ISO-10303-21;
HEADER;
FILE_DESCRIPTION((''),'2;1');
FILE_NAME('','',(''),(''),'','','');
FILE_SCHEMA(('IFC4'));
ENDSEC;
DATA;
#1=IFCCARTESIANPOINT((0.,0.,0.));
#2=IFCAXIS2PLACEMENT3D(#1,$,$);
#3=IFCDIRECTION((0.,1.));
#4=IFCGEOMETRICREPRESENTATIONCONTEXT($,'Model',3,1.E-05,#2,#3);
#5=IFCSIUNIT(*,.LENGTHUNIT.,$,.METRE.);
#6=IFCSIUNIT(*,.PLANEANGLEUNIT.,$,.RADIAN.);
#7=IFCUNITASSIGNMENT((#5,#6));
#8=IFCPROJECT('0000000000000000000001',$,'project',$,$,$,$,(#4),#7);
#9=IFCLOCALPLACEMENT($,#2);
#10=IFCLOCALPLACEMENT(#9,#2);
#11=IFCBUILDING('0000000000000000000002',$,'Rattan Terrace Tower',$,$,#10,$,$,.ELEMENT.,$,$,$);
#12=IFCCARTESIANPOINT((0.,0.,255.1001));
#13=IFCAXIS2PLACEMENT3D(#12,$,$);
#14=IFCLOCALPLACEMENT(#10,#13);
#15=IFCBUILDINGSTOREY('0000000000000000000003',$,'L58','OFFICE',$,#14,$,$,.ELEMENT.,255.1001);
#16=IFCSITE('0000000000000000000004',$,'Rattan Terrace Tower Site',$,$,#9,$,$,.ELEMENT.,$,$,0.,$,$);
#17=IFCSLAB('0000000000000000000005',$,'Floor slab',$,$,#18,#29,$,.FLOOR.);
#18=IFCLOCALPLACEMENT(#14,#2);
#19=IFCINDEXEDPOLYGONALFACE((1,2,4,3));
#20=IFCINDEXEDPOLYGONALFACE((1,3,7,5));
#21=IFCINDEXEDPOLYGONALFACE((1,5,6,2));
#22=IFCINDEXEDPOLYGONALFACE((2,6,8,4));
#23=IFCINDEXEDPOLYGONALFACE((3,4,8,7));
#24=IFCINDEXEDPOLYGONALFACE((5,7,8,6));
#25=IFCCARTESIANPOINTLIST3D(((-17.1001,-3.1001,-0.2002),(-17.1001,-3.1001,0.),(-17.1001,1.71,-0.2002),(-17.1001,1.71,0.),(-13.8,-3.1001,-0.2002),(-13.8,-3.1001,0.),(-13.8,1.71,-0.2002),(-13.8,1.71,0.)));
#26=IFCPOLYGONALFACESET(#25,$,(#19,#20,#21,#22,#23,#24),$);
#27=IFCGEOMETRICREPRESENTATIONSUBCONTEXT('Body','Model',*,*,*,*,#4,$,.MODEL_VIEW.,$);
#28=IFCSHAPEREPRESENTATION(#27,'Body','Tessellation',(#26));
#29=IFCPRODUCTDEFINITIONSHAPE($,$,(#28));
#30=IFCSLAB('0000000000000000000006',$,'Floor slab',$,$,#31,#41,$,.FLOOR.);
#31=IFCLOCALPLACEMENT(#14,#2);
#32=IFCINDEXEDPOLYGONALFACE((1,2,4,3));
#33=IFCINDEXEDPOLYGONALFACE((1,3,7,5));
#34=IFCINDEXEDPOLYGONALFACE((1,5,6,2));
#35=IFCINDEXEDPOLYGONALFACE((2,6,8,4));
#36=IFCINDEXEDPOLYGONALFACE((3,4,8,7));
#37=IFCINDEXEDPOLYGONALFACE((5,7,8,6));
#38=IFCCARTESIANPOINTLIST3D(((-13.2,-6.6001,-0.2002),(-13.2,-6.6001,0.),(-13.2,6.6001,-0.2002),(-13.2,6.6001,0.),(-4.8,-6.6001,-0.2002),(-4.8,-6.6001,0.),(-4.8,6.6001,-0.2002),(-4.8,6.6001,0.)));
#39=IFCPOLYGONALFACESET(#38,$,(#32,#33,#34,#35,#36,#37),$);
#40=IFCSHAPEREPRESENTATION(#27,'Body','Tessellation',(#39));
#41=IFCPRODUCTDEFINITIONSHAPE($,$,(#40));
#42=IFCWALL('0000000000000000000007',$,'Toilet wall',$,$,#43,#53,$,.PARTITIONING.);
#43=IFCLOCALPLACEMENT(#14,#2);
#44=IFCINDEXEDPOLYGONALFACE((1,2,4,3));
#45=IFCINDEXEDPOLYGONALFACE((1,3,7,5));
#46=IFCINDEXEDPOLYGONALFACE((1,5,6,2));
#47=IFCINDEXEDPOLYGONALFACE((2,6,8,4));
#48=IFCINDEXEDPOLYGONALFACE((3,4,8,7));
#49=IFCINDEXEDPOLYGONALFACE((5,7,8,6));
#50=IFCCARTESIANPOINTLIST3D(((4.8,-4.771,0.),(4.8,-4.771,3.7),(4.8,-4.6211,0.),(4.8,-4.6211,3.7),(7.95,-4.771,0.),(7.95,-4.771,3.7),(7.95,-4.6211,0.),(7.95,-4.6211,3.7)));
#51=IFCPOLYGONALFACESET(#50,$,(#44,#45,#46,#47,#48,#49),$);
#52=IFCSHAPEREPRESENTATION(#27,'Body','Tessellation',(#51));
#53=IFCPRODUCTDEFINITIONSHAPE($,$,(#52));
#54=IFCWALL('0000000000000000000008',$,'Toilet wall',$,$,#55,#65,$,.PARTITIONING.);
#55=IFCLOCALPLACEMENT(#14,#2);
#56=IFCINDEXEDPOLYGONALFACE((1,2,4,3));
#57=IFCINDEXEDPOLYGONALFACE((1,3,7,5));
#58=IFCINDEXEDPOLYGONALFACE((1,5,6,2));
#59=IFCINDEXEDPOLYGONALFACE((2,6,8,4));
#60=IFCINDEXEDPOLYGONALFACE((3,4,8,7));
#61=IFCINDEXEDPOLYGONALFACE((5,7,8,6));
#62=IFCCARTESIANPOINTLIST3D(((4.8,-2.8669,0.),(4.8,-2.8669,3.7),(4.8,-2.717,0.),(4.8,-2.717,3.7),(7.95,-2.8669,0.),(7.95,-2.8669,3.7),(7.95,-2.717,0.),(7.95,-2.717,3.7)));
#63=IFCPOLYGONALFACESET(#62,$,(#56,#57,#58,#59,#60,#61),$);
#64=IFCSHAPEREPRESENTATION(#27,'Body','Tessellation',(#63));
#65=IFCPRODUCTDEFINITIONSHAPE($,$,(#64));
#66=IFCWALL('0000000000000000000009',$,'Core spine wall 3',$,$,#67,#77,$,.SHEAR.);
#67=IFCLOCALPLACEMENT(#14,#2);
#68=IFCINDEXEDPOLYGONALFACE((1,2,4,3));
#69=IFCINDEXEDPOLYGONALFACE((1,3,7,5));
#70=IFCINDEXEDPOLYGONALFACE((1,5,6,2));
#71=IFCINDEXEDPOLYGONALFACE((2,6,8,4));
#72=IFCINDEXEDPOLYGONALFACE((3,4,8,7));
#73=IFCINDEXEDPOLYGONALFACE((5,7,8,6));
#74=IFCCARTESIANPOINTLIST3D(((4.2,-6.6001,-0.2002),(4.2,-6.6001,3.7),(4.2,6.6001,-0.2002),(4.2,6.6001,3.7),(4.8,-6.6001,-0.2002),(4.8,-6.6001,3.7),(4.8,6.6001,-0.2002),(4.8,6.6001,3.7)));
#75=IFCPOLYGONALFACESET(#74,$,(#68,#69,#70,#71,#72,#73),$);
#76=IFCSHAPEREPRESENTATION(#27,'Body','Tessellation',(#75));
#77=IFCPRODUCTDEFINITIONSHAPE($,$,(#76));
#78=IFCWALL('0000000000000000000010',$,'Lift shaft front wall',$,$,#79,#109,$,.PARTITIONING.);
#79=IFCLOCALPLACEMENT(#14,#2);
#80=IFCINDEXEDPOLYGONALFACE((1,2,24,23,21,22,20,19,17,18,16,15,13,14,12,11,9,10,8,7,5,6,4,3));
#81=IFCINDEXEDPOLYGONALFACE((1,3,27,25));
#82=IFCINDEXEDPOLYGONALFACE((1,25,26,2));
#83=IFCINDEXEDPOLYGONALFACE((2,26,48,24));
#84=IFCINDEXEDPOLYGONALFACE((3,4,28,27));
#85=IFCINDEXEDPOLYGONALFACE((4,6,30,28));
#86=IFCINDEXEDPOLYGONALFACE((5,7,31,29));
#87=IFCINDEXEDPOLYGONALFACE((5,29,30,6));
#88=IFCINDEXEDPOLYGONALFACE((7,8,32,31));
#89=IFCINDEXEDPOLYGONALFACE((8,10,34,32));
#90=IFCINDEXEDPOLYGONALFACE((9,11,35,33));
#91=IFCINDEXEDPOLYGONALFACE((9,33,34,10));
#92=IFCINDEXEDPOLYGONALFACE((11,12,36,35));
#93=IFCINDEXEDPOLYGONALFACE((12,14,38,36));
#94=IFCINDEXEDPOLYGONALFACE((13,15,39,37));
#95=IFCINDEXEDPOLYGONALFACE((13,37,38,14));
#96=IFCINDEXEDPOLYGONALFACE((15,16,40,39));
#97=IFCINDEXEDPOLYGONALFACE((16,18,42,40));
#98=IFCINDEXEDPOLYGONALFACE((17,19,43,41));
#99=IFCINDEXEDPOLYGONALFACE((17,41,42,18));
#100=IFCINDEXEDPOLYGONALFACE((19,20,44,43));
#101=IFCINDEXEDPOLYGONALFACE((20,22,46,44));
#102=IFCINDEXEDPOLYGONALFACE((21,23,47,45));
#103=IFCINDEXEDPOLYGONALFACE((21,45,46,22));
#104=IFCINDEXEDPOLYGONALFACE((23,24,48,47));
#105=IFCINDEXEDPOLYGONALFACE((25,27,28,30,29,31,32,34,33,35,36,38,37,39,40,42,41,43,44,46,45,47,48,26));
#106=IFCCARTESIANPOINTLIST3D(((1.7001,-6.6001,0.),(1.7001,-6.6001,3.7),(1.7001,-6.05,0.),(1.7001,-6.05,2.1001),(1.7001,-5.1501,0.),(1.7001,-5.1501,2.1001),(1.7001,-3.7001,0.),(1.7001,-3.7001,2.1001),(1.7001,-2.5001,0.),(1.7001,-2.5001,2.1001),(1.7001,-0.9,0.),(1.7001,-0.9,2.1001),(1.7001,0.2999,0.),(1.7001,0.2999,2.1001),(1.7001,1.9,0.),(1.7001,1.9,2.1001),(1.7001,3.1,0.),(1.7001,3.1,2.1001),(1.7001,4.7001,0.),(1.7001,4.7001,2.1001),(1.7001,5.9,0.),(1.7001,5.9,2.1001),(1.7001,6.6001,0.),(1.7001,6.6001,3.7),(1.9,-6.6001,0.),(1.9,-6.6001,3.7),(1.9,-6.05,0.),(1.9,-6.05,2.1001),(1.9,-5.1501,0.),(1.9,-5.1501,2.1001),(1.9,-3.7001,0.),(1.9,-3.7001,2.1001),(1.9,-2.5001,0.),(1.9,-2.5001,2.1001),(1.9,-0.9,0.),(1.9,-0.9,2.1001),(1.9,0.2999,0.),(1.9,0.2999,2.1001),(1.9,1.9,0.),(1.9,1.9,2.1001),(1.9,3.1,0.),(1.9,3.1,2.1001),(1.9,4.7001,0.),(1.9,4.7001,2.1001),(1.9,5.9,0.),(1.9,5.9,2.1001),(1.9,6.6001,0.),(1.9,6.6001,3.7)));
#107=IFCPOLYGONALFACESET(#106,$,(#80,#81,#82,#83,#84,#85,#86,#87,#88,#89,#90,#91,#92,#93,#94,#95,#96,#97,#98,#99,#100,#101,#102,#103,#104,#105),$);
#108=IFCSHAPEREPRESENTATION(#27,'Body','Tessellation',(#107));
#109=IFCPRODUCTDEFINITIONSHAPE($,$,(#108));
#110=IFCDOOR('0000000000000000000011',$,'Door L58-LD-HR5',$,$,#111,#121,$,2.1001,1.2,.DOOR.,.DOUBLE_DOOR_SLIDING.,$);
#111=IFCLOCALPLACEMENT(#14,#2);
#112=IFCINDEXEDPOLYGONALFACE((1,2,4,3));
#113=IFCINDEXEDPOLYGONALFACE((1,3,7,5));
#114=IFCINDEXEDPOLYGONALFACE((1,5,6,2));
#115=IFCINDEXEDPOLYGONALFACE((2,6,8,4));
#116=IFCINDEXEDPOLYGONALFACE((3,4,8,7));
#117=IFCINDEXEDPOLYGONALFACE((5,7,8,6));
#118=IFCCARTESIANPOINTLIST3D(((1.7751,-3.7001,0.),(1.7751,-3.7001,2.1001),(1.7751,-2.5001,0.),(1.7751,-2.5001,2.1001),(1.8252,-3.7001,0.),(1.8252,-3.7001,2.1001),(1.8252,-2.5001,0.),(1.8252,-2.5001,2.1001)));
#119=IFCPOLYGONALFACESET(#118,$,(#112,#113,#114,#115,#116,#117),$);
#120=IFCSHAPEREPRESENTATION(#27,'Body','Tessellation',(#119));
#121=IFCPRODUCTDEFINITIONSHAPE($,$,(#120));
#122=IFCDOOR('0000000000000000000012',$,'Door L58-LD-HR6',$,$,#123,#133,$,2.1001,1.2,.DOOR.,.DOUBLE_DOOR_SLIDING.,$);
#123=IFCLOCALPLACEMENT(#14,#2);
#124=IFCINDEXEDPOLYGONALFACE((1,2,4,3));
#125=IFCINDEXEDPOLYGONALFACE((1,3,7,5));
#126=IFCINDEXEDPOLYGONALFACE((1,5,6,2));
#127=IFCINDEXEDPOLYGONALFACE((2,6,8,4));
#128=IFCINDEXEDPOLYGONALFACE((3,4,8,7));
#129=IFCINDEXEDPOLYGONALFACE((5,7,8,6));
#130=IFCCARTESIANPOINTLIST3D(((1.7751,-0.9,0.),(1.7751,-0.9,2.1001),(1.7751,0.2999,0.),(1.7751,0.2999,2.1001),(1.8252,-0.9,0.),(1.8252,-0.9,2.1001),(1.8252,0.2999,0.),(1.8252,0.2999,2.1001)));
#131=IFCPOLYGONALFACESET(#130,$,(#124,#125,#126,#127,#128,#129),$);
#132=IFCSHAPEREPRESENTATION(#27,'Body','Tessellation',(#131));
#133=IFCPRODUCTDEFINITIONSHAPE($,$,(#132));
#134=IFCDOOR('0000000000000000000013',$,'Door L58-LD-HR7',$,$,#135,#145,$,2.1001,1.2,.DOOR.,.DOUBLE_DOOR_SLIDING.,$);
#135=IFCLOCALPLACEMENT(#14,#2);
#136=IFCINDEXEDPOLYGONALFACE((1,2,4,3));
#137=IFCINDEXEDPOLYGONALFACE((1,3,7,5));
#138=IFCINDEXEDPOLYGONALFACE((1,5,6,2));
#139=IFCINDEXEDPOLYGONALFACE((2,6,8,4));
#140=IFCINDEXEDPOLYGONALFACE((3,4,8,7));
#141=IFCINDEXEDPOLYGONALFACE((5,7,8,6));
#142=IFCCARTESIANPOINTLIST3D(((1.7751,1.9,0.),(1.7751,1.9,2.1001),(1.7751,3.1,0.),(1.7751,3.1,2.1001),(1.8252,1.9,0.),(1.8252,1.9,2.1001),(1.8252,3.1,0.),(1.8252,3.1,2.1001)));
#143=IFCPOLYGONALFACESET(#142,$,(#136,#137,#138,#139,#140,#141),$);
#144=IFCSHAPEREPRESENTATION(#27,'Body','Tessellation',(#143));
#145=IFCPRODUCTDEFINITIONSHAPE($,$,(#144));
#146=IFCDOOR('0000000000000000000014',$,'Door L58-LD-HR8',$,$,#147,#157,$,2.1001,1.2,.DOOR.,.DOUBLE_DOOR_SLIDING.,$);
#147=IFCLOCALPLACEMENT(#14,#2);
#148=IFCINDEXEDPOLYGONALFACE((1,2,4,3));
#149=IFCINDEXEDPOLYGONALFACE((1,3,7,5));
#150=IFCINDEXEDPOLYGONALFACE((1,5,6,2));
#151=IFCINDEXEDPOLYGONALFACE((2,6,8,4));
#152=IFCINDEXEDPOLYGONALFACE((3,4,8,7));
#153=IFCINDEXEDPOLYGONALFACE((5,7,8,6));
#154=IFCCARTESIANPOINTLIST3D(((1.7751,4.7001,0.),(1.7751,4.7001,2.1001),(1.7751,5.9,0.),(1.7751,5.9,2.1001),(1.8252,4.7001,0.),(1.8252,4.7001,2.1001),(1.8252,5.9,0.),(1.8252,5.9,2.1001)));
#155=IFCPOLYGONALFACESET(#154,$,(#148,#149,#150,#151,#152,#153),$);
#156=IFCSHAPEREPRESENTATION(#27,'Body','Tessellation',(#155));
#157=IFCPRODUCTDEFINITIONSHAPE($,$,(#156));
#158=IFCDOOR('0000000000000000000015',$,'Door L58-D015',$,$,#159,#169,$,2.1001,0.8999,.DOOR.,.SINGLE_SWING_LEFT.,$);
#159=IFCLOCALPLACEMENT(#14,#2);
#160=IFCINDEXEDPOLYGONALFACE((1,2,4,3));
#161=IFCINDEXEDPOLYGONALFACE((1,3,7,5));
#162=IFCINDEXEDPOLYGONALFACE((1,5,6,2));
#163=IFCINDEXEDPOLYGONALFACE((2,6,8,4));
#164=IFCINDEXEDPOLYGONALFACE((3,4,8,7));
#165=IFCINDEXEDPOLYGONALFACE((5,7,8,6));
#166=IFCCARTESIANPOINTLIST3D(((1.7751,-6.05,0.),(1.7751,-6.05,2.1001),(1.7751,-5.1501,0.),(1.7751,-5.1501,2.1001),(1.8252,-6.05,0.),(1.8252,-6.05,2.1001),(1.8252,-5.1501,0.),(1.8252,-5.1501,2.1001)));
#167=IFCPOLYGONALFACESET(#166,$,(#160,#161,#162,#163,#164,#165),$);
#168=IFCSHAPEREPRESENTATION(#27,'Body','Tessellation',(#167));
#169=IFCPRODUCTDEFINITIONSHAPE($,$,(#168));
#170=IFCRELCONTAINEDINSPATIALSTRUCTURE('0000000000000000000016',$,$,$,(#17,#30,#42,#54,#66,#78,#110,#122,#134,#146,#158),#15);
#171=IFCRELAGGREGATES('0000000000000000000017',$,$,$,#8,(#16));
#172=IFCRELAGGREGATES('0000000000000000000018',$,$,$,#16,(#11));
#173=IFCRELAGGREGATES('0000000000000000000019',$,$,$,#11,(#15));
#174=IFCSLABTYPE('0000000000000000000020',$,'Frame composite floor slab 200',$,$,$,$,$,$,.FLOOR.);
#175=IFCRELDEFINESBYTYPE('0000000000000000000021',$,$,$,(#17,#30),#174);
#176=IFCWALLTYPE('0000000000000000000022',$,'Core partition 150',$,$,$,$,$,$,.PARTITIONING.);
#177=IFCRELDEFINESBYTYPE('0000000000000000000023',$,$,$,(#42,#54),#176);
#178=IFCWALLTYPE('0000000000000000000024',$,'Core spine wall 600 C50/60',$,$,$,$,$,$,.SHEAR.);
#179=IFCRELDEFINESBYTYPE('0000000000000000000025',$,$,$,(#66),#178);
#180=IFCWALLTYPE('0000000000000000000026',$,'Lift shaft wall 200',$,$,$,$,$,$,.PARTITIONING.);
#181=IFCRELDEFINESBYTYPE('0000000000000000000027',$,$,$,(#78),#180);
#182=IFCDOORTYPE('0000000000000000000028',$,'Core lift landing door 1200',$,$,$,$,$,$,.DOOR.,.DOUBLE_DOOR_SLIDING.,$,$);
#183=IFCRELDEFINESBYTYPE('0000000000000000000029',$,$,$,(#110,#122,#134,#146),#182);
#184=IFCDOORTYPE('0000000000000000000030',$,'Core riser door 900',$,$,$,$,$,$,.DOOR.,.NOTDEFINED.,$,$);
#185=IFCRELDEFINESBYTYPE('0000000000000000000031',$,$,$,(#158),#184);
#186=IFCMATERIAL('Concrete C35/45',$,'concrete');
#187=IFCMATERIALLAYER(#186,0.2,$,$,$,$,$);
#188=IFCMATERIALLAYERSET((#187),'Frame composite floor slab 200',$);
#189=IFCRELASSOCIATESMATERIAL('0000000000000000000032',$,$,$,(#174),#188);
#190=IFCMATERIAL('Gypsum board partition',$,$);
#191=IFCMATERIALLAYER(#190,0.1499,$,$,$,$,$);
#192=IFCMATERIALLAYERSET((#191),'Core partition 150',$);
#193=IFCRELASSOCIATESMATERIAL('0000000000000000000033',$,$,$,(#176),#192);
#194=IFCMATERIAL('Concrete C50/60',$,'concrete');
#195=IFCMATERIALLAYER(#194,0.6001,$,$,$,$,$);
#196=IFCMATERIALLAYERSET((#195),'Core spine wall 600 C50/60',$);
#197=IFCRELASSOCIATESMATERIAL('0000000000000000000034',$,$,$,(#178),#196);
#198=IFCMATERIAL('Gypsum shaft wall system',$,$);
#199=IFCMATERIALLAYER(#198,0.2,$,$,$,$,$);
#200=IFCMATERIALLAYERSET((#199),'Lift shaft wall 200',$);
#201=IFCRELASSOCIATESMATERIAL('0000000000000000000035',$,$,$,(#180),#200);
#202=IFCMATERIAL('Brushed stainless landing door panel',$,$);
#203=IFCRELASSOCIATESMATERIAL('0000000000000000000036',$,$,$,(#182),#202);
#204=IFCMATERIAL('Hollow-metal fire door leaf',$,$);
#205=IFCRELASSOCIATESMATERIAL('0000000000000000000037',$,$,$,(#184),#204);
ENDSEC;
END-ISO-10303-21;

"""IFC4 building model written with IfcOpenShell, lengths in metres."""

from ifc_helpers import new_model, si_unit, direction, frame, frame_2d, origin, place, context, subcontext, project, spatial, polyline, rectangle, outline, extrude, material, layer, layer_set, type_object, element, fill, save


model = new_model("IFC4")

# Units and contexts
model_context = context("Model", 3, precision=1e-05, world=origin(), true_north=direction((0.0, 1.0)))
body_context = subcontext(model_context, "Body", "Model", "MODEL_VIEW")
ifc_project = project(units=[si_unit("LENGTHUNIT", "METRE"), si_unit("PLANEANGLEUNIT", "RADIAN")], contexts=[model_context])

# Site, building, storey
site_placement = place(None, origin())
site = spatial("IfcSite", under=ifc_project, at=site_placement, Name="Rattan Terrace Tower Site", CompositionType="ELEMENT", RefElevation=0.0)
building_placement = place(site_placement, origin())
building = spatial("IfcBuilding", under=site, at=building_placement, Name="Rattan Terrace Tower", CompositionType="ELEMENT")
storey_placement = place(building_placement, frame((0.0, 0.0, 255.1001)))
storey = spatial("IfcBuildingStorey", under=building, at=storey_placement, Name="L58", Description="OFFICE", CompositionType="ELEMENT", Elevation=255.1001)

# Slabs
ifc_material_1 = material(Name="Concrete C35/45", Category="concrete")
ifc_layer_1 = layer(ifc_material_1, 0.2)
ifc_layer_set_1 = layer_set([ifc_layer_1], Name="Frame composite floor slab 200")
slab_type = type_object("IfcSlabType", Name="Frame composite floor slab 200", PredefinedType="FLOOR", material=ifc_layer_set_1)
slab_1_placement = place(storey_placement, frame((0.0, 0.0, -0.2002)))
element("IfcSlab", 1, at=slab_1_placement, inside=storey, type_object=slab_type, Name="Floor slab", PredefinedType="FLOOR", context=body_context, shape_type="SweptSolid", body=[
    extrude(outline(polyline([(-17.1001, -3.1001), (-13.8, -3.1001), (-13.8, 1.71), (-17.1001, 1.71), (-17.1001, -3.1001)])), origin(), (0.0, 0.0, 1.0), 0.2002),
])
slab_2_placement = place(storey_placement, frame((0.0, 0.0, -0.2002)))
element("IfcSlab", 2, at=slab_2_placement, inside=storey, type_object=slab_type, Name="Floor slab", PredefinedType="FLOOR", context=body_context, shape_type="SweptSolid", body=[
    extrude(outline(polyline([(-4.8, -6.6001), (-4.8, 6.6001), (-13.2, 6.6001), (-13.2, -6.6001), (-4.8, -6.6001)])), origin(), (0.0, 0.0, 1.0), 0.2002),
])

# Walls
ifc_material_2 = material(Name="Gypsum board partition")
ifc_layer_2 = layer(ifc_material_2, 0.1499)
ifc_layer_set_2 = layer_set([ifc_layer_2], Name="Core partition 150")
wall_type_1 = type_object("IfcWallType", Name="Core partition 150", PredefinedType="PARTITIONING", material=ifc_layer_set_2)
for number, where, z_axis, x_axis, name in (
    (3, (4.8, -4.696, 0.0), (0.0, 0.0, 1.0), (1.0, 0.0, 0.0), "Toilet wall"),
    (4, (4.8, -2.792, 0.0), (0.0, 0.0, 1.0), (1.0, 0.0, 0.0), "Toilet wall"),
):
    element("IfcWall", number, at=place(storey_placement, frame(where, z_axis=z_axis, x_axis=x_axis)), inside=storey, type_object=wall_type_1, Name=name, PredefinedType="PARTITIONING", context=body_context, shape_type="SweptSolid", body=[
        extrude(rectangle(XDim=3.1499, YDim=0.1499, at=frame_2d((1.575, 0.0))), origin(), (0.0, 0.0, 1.0), 3.7),
    ])
ifc_material_3 = material(Name="Concrete C50/60", Category="concrete")
ifc_layer_3 = layer(ifc_material_3, 0.6001)
ifc_layer_set_3 = layer_set([ifc_layer_3], Name="Core spine wall 600 C50/60")
wall_type_2 = type_object("IfcWallType", Name="Core spine wall 600 C50/60", PredefinedType="SHEAR", material=ifc_layer_set_3)
wall_1_placement = place(storey_placement, frame((4.5, -6.6001, -0.2002), z_axis=(0.0, 0.0, 1.0), x_axis=(0.0, 1.0, 0.0)))
element("IfcWall", 5, at=wall_1_placement, inside=storey, type_object=wall_type_2, Name="Core spine wall 3", PredefinedType="SHEAR", context=body_context, shape_type="SweptSolid", body=[
    extrude(rectangle(XDim=13.2002, YDim=0.6001, at=frame_2d((6.6001, 0.0))), origin(), (0.0, 0.0, 1.0), 3.9001),
])

# Wall, openings, doors
ifc_material_4 = material(Name="Gypsum shaft wall system")
ifc_layer_4 = layer(ifc_material_4, 0.2)
ifc_layer_set_4 = layer_set([ifc_layer_4], Name="Lift shaft wall 200")
wall_type_3 = type_object("IfcWallType", Name="Lift shaft wall 200", PredefinedType="PARTITIONING", material=ifc_layer_set_4)
wall_2_placement = place(storey_placement, frame((1.8, -6.6001, 0.0), z_axis=(0.0, 0.0, 1.0), x_axis=(0.0, 1.0, 0.0)))
wall_2 = element("IfcWall", 6, at=wall_2_placement, inside=storey, type_object=wall_type_3, Name="Lift shaft front wall", PredefinedType="PARTITIONING", context=body_context, shape_type="SweptSolid", body=[
    extrude(rectangle(XDim=13.2002, YDim=0.2, at=frame_2d((6.6001, 0.0))), origin(), (0.0, 0.0, 1.0), 3.7),
])
opening_1_placement = place(wall_2_placement, frame((0.55, 0.0, 0.0)))
opening_1 = element("IfcOpeningElement", 7, at=opening_1_placement, cuts=wall_2, PredefinedType="OPENING", context=body_context, shape_type="SweptSolid", body=[
    extrude(rectangle(XDim=0.8999, YDim=2.1001, at=frame_2d((0.45, 1.05))), frame((0.0, 0.1106, 0.0), z_axis=(0.0, -1.0, 0.0), x_axis=(1.0, 0.0, 0.0)), (0.0, 0.0, 1.0), 0.2209),
])
opening_2_placement = place(wall_2_placement, frame((2.8999, 0.0, 0.0)))
opening_2 = element("IfcOpeningElement", 8, at=opening_2_placement, cuts=wall_2, PredefinedType="OPENING", context=body_context, shape_type="SweptSolid", body=[
    extrude(rectangle(XDim=1.2, YDim=2.1001, at=frame_2d((0.6001, 1.05))), frame((0.0, 0.1106, 0.0), z_axis=(0.0, -1.0, 0.0), x_axis=(1.0, 0.0, 0.0)), (0.0, 0.0, 1.0), 0.2209),
])
opening_3_placement = place(wall_2_placement, frame((5.7, 0.0, 0.0)))
opening_3 = element("IfcOpeningElement", 9, at=opening_3_placement, cuts=wall_2, PredefinedType="OPENING", context=body_context, shape_type="SweptSolid", body=[
    extrude(rectangle(XDim=1.2, YDim=2.1001, at=frame_2d((0.6001, 1.05))), frame((0.0, 0.1106, 0.0), z_axis=(0.0, -1.0, 0.0), x_axis=(1.0, 0.0, 0.0)), (0.0, 0.0, 1.0), 0.2209),
])
opening_4_placement = place(wall_2_placement, frame((8.5, 0.0, 0.0)))
opening_4 = element("IfcOpeningElement", 10, at=opening_4_placement, cuts=wall_2, PredefinedType="OPENING", context=body_context, shape_type="SweptSolid", body=[
    extrude(rectangle(XDim=1.2, YDim=2.1001, at=frame_2d((0.6001, 1.05))), frame((0.0, 0.1106, 0.0), z_axis=(0.0, -1.0, 0.0), x_axis=(1.0, 0.0, 0.0)), (0.0, 0.0, 1.0), 0.2209),
])
opening_5_placement = place(wall_2_placement, frame((11.3, 0.0, 0.0)))
opening_5 = element("IfcOpeningElement", 11, at=opening_5_placement, cuts=wall_2, PredefinedType="OPENING", context=body_context, shape_type="SweptSolid", body=[
    extrude(rectangle(XDim=1.2, YDim=2.1001, at=frame_2d((0.6001, 1.05))), frame((0.0, 0.1106, 0.0), z_axis=(0.0, -1.0, 0.0), x_axis=(1.0, 0.0, 0.0)), (0.0, 0.0, 1.0), 0.2209),
])
ifc_material_5 = material(Name="Brushed stainless landing door panel")
door_type_1 = type_object("IfcDoorType", Name="Core lift landing door 1200", OperationType="DOUBLE_DOOR_SLIDING", PredefinedType="DOOR", material=ifc_material_5)
door_1_placement = place(opening_2_placement, origin())
door_1 = element("IfcDoor", 12, at=door_1_placement, inside=storey, type_object=door_type_1, Name="Door L58-LD-HR5", OperationType="DOUBLE_DOOR_SLIDING", OverallHeight=2.1001, OverallWidth=1.2, PredefinedType="DOOR", context=body_context, shape_type="SweptSolid", body=[
    extrude(rectangle(XDim=1.2, YDim=2.1001, at=frame_2d((0.6001, 1.05))), frame((0.0, 0.0249, 0.0), z_axis=(0.0, -1.0, 0.0), x_axis=(1.0, 0.0, 0.0)), (0.0, 0.0, 1.0), 0.05),
])
fill(opening_2, door_1)
door_2_placement = place(opening_3_placement, origin())
door_2 = element("IfcDoor", 13, at=door_2_placement, inside=storey, type_object=door_type_1, Name="Door L58-LD-HR6", OperationType="DOUBLE_DOOR_SLIDING", OverallHeight=2.1001, OverallWidth=1.2, PredefinedType="DOOR", context=body_context, shape_type="SweptSolid", body=[
    extrude(rectangle(XDim=1.2, YDim=2.1001, at=frame_2d((0.6001, 1.05))), frame((0.0, 0.0249, 0.0), z_axis=(0.0, -1.0, 0.0), x_axis=(1.0, 0.0, 0.0)), (0.0, 0.0, 1.0), 0.05),
])
fill(opening_3, door_2)
door_3_placement = place(opening_4_placement, origin())
door_3 = element("IfcDoor", 14, at=door_3_placement, inside=storey, type_object=door_type_1, Name="Door L58-LD-HR7", OperationType="DOUBLE_DOOR_SLIDING", OverallHeight=2.1001, OverallWidth=1.2, PredefinedType="DOOR", context=body_context, shape_type="SweptSolid", body=[
    extrude(rectangle(XDim=1.2, YDim=2.1001, at=frame_2d((0.6001, 1.05))), frame((0.0, 0.0249, 0.0), z_axis=(0.0, -1.0, 0.0), x_axis=(1.0, 0.0, 0.0)), (0.0, 0.0, 1.0), 0.05),
])
fill(opening_4, door_3)
door_4_placement = place(opening_5_placement, origin())
door_4 = element("IfcDoor", 15, at=door_4_placement, inside=storey, type_object=door_type_1, Name="Door L58-LD-HR8", OperationType="DOUBLE_DOOR_SLIDING", OverallHeight=2.1001, OverallWidth=1.2, PredefinedType="DOOR", context=body_context, shape_type="SweptSolid", body=[
    extrude(rectangle(XDim=1.2, YDim=2.1001, at=frame_2d((0.6001, 1.05))), frame((0.0, 0.0249, 0.0), z_axis=(0.0, -1.0, 0.0), x_axis=(1.0, 0.0, 0.0)), (0.0, 0.0, 1.0), 0.05),
])
fill(opening_5, door_4)
ifc_material_6 = material(Name="Hollow-metal fire door leaf")
door_type_2 = type_object("IfcDoorType", Name="Core riser door 900", OperationType="NOTDEFINED", PredefinedType="DOOR", material=ifc_material_6)
door_5_placement = place(opening_1_placement, origin())
door_5 = element("IfcDoor", 16, at=door_5_placement, inside=storey, type_object=door_type_2, Name="Door L58-D015", OperationType="SINGLE_SWING_LEFT", OverallHeight=2.1001, OverallWidth=0.8999, PredefinedType="DOOR", context=body_context, shape_type="SweptSolid", body=[
    extrude(rectangle(XDim=0.8999, YDim=2.1001, at=frame_2d((0.45, 1.05))), frame((0.0, 0.0249, 0.0), z_axis=(0.0, -1.0, 0.0), x_axis=(1.0, 0.0, 0.0)), (0.0, 0.0, 1.0), 0.05),
])
fill(opening_1, door_5)

save(model, "model.ifc")
